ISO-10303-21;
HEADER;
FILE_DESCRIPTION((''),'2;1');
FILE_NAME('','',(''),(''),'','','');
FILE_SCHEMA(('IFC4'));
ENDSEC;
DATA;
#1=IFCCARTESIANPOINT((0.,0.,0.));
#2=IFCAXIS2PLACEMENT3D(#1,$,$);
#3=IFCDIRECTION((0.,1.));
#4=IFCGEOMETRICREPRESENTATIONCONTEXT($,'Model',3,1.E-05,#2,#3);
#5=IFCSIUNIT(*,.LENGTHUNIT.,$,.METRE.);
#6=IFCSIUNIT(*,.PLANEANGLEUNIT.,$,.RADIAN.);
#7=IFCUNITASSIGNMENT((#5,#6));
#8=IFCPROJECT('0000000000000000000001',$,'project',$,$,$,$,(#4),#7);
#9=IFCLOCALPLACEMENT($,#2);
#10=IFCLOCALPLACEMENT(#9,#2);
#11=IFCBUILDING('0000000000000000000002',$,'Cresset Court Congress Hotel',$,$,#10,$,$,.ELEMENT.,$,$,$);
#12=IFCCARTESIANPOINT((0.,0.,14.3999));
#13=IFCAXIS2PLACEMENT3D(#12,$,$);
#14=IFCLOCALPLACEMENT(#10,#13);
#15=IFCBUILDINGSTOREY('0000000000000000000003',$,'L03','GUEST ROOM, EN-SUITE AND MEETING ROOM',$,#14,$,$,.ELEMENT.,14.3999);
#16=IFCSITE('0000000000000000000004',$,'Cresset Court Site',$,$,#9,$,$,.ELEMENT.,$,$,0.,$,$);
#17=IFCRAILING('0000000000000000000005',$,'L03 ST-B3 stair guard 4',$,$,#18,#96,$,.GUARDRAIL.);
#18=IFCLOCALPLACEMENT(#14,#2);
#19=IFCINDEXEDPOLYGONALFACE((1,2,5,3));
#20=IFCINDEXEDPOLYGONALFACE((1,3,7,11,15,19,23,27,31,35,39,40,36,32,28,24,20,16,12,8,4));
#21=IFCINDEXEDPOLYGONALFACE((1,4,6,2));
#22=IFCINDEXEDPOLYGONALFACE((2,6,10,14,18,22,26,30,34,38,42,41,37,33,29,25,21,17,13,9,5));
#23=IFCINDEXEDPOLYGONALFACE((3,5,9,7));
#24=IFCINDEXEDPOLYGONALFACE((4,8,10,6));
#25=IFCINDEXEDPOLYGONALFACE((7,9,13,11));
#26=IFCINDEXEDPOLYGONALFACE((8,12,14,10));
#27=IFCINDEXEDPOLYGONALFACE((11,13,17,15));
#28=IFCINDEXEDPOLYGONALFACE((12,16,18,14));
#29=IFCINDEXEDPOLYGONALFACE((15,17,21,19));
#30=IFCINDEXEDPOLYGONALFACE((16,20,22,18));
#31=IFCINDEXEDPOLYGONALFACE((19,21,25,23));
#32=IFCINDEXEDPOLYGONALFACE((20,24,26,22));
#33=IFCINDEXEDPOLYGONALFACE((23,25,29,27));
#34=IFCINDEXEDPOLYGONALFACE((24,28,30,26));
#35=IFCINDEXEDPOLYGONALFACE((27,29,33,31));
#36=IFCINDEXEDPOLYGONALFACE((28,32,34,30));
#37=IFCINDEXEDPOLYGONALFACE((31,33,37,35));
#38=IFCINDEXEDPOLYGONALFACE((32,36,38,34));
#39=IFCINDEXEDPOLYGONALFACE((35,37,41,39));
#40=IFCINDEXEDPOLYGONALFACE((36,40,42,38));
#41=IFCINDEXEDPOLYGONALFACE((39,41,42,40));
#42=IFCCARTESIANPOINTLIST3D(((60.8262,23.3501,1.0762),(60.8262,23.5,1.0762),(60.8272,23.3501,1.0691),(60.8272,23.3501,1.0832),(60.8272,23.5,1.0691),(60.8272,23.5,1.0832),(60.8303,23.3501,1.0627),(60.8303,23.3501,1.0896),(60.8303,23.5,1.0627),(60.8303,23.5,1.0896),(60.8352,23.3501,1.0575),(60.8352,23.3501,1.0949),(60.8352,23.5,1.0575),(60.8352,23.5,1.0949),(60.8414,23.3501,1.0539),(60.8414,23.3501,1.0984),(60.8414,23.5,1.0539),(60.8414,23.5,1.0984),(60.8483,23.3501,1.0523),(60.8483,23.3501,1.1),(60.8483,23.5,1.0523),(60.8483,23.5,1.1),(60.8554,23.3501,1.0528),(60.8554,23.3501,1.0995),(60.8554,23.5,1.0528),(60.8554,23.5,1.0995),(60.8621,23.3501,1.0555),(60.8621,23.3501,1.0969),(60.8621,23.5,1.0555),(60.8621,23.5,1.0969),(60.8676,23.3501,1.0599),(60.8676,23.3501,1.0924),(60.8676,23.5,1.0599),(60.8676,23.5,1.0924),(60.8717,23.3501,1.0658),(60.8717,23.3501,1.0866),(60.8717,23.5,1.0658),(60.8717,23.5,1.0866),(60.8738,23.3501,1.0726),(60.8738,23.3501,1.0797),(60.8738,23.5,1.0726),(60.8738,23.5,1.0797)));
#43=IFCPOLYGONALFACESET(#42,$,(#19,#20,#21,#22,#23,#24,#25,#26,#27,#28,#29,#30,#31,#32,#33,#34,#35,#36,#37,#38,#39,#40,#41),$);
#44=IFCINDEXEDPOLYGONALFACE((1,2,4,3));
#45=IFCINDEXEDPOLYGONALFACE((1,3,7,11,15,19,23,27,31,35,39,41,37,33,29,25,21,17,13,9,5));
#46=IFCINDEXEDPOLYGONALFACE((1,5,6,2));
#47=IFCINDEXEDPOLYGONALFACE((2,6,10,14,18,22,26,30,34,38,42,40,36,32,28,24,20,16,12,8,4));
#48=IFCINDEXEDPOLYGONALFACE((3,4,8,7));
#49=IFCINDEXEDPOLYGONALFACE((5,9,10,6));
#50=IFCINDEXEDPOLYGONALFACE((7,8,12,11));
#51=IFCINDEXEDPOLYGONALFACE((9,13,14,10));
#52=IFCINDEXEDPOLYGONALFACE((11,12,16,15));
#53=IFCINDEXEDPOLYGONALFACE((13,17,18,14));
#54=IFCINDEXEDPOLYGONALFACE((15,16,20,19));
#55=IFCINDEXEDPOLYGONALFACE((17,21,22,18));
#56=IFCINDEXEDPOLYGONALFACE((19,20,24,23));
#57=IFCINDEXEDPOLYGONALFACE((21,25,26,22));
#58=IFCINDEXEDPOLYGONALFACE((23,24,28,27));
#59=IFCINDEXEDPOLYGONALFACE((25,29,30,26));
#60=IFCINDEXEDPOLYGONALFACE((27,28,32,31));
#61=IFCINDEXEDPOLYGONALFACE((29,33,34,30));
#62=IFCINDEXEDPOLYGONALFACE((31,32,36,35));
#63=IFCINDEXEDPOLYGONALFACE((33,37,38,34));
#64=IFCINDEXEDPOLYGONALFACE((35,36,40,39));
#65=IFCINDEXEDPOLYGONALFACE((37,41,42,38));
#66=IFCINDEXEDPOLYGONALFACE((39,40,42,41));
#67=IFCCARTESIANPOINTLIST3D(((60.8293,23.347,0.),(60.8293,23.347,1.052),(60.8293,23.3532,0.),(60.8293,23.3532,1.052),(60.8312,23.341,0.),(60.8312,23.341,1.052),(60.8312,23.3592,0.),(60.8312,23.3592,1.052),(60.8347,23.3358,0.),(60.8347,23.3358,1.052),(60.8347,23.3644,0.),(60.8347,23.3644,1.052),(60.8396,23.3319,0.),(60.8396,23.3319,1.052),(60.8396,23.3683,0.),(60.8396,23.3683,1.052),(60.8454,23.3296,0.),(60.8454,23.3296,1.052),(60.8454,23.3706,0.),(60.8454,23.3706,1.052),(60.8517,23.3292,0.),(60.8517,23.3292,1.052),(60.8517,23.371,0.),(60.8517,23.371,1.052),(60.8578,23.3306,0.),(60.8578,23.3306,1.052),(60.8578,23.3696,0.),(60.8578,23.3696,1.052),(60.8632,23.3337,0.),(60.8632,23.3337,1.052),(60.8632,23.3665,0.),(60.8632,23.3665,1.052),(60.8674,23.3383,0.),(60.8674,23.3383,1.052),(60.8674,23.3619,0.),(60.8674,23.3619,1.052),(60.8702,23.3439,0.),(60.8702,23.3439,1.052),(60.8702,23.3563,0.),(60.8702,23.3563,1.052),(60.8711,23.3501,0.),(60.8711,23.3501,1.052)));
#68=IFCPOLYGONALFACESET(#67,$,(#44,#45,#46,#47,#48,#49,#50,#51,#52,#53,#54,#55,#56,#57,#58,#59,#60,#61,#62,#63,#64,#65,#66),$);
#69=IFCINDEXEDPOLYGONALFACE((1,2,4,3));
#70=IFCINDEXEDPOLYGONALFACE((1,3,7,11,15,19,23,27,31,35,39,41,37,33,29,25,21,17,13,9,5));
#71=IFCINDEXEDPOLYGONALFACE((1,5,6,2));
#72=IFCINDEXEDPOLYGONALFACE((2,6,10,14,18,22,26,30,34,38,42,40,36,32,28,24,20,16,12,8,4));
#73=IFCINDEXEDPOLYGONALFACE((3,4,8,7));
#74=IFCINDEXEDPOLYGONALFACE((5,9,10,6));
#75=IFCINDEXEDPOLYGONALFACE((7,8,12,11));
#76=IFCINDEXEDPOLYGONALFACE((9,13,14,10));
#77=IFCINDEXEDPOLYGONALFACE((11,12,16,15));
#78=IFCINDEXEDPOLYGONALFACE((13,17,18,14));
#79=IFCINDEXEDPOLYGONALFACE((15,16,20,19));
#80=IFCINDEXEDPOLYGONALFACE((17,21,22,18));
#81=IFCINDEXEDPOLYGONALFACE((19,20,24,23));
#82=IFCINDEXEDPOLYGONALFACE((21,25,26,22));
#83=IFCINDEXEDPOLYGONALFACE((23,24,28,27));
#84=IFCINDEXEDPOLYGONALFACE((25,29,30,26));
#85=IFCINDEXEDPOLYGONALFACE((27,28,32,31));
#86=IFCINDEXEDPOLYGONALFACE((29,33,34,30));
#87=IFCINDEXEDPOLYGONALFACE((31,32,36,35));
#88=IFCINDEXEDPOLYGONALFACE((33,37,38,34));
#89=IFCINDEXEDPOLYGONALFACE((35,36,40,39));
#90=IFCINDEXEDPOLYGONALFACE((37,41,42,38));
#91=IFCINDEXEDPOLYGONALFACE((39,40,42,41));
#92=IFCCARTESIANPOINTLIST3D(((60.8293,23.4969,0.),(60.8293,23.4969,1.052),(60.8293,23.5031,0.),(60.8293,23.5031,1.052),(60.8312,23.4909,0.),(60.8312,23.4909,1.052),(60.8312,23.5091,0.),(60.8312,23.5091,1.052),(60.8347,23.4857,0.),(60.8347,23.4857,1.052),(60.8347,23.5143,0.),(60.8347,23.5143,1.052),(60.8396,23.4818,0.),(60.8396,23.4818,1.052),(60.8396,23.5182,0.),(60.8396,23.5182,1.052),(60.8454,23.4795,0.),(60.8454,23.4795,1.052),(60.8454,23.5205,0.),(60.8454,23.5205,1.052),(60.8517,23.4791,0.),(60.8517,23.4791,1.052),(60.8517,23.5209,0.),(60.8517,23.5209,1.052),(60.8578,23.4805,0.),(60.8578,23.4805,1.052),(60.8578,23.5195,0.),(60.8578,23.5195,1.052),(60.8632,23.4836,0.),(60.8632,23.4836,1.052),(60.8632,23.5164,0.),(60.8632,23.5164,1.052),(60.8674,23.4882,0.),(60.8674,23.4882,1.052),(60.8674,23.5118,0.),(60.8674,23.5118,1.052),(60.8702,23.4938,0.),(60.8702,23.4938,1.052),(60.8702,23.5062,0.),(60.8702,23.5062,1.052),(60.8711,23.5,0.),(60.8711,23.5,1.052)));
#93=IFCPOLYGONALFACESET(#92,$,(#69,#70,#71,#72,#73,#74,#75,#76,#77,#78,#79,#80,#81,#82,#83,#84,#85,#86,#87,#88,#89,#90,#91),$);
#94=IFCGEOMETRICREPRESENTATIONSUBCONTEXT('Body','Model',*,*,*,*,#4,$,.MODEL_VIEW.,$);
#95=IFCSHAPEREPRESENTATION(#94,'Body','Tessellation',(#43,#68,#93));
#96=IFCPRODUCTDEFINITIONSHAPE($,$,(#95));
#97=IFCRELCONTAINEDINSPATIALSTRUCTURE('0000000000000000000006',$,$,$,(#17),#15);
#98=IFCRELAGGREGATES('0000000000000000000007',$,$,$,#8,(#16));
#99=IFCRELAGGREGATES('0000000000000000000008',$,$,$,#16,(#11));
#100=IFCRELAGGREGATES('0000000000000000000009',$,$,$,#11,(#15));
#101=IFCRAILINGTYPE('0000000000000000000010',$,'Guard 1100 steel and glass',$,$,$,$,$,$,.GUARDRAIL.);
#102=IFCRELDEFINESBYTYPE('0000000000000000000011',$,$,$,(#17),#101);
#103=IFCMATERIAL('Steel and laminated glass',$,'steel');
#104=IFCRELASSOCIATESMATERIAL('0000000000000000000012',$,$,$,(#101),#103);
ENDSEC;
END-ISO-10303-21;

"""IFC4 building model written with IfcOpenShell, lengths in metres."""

from ifc_helpers import new_model, si_unit, direction, frame, origin, origin_2d, place, context, subcontext, project, spatial, circle, extrude, material, type_object, element, save


model = new_model("IFC4")

# Units and contexts
model_context = context("Model", 3, precision=1e-05, world=origin(), true_north=direction((0.0, 1.0)))
body_context = subcontext(model_context, "Body", "Model", "MODEL_VIEW")
ifc_project = project(units=[si_unit("LENGTHUNIT", "METRE"), si_unit("PLANEANGLEUNIT", "RADIAN")], contexts=[model_context])

# Site, building, storey
site_placement = place(None, origin())
site = spatial("IfcSite", under=ifc_project, at=site_placement, Name="Cresset Court Site", CompositionType="ELEMENT", RefElevation=0.0)
building_placement = place(site_placement, origin())
building = spatial("IfcBuilding", under=site, at=building_placement, Name="Cresset Court Congress Hotel", CompositionType="ELEMENT")
storey_placement = place(building_placement, frame((0.0, 0.0, 14.3999)))
storey = spatial("IfcBuildingStorey", under=building, at=storey_placement, Name="L03", Description="GUEST ROOM, EN-SUITE AND MEETING ROOM", CompositionType="ELEMENT", Elevation=14.3999)

# Railing
ifc_material_1 = material(Name="Steel and laminated glass", Category="steel")
railing_type_1 = type_object("IfcRailingType", Name="Guard 1100 steel and glass", PredefinedType="GUARDRAIL", material=ifc_material_1)
railing_1_placement = place(storey_placement, frame((60.8501, 23.3501, 0.0)))
element("IfcRailing", 1, at=railing_1_placement, inside=storey, type_object=railing_type_1, Name="L03 ST-B3 stair guard 4", PredefinedType="GUARDRAIL", context=body_context, shape_type="SweptSolid", body=[
    extrude(circle(Radius=0.0239, at=origin_2d()), frame((0.0, 0.0, 1.0762), z_axis=(0.0, 1.0, 0.0), x_axis=(-1.0, 0.0, 0.0)), (0.0, 0.0, 1.0), 0.1499),
    extrude(circle(Radius=0.021, at=origin_2d()), origin(), (0.0, 0.0, 1.0), 1.052),
    extrude(circle(Radius=0.021, at=origin_2d()), frame((0.0, 0.1499, 0.0)), (0.0, 0.0, 1.0), 1.052),
])

save(model, "model.ifc")
